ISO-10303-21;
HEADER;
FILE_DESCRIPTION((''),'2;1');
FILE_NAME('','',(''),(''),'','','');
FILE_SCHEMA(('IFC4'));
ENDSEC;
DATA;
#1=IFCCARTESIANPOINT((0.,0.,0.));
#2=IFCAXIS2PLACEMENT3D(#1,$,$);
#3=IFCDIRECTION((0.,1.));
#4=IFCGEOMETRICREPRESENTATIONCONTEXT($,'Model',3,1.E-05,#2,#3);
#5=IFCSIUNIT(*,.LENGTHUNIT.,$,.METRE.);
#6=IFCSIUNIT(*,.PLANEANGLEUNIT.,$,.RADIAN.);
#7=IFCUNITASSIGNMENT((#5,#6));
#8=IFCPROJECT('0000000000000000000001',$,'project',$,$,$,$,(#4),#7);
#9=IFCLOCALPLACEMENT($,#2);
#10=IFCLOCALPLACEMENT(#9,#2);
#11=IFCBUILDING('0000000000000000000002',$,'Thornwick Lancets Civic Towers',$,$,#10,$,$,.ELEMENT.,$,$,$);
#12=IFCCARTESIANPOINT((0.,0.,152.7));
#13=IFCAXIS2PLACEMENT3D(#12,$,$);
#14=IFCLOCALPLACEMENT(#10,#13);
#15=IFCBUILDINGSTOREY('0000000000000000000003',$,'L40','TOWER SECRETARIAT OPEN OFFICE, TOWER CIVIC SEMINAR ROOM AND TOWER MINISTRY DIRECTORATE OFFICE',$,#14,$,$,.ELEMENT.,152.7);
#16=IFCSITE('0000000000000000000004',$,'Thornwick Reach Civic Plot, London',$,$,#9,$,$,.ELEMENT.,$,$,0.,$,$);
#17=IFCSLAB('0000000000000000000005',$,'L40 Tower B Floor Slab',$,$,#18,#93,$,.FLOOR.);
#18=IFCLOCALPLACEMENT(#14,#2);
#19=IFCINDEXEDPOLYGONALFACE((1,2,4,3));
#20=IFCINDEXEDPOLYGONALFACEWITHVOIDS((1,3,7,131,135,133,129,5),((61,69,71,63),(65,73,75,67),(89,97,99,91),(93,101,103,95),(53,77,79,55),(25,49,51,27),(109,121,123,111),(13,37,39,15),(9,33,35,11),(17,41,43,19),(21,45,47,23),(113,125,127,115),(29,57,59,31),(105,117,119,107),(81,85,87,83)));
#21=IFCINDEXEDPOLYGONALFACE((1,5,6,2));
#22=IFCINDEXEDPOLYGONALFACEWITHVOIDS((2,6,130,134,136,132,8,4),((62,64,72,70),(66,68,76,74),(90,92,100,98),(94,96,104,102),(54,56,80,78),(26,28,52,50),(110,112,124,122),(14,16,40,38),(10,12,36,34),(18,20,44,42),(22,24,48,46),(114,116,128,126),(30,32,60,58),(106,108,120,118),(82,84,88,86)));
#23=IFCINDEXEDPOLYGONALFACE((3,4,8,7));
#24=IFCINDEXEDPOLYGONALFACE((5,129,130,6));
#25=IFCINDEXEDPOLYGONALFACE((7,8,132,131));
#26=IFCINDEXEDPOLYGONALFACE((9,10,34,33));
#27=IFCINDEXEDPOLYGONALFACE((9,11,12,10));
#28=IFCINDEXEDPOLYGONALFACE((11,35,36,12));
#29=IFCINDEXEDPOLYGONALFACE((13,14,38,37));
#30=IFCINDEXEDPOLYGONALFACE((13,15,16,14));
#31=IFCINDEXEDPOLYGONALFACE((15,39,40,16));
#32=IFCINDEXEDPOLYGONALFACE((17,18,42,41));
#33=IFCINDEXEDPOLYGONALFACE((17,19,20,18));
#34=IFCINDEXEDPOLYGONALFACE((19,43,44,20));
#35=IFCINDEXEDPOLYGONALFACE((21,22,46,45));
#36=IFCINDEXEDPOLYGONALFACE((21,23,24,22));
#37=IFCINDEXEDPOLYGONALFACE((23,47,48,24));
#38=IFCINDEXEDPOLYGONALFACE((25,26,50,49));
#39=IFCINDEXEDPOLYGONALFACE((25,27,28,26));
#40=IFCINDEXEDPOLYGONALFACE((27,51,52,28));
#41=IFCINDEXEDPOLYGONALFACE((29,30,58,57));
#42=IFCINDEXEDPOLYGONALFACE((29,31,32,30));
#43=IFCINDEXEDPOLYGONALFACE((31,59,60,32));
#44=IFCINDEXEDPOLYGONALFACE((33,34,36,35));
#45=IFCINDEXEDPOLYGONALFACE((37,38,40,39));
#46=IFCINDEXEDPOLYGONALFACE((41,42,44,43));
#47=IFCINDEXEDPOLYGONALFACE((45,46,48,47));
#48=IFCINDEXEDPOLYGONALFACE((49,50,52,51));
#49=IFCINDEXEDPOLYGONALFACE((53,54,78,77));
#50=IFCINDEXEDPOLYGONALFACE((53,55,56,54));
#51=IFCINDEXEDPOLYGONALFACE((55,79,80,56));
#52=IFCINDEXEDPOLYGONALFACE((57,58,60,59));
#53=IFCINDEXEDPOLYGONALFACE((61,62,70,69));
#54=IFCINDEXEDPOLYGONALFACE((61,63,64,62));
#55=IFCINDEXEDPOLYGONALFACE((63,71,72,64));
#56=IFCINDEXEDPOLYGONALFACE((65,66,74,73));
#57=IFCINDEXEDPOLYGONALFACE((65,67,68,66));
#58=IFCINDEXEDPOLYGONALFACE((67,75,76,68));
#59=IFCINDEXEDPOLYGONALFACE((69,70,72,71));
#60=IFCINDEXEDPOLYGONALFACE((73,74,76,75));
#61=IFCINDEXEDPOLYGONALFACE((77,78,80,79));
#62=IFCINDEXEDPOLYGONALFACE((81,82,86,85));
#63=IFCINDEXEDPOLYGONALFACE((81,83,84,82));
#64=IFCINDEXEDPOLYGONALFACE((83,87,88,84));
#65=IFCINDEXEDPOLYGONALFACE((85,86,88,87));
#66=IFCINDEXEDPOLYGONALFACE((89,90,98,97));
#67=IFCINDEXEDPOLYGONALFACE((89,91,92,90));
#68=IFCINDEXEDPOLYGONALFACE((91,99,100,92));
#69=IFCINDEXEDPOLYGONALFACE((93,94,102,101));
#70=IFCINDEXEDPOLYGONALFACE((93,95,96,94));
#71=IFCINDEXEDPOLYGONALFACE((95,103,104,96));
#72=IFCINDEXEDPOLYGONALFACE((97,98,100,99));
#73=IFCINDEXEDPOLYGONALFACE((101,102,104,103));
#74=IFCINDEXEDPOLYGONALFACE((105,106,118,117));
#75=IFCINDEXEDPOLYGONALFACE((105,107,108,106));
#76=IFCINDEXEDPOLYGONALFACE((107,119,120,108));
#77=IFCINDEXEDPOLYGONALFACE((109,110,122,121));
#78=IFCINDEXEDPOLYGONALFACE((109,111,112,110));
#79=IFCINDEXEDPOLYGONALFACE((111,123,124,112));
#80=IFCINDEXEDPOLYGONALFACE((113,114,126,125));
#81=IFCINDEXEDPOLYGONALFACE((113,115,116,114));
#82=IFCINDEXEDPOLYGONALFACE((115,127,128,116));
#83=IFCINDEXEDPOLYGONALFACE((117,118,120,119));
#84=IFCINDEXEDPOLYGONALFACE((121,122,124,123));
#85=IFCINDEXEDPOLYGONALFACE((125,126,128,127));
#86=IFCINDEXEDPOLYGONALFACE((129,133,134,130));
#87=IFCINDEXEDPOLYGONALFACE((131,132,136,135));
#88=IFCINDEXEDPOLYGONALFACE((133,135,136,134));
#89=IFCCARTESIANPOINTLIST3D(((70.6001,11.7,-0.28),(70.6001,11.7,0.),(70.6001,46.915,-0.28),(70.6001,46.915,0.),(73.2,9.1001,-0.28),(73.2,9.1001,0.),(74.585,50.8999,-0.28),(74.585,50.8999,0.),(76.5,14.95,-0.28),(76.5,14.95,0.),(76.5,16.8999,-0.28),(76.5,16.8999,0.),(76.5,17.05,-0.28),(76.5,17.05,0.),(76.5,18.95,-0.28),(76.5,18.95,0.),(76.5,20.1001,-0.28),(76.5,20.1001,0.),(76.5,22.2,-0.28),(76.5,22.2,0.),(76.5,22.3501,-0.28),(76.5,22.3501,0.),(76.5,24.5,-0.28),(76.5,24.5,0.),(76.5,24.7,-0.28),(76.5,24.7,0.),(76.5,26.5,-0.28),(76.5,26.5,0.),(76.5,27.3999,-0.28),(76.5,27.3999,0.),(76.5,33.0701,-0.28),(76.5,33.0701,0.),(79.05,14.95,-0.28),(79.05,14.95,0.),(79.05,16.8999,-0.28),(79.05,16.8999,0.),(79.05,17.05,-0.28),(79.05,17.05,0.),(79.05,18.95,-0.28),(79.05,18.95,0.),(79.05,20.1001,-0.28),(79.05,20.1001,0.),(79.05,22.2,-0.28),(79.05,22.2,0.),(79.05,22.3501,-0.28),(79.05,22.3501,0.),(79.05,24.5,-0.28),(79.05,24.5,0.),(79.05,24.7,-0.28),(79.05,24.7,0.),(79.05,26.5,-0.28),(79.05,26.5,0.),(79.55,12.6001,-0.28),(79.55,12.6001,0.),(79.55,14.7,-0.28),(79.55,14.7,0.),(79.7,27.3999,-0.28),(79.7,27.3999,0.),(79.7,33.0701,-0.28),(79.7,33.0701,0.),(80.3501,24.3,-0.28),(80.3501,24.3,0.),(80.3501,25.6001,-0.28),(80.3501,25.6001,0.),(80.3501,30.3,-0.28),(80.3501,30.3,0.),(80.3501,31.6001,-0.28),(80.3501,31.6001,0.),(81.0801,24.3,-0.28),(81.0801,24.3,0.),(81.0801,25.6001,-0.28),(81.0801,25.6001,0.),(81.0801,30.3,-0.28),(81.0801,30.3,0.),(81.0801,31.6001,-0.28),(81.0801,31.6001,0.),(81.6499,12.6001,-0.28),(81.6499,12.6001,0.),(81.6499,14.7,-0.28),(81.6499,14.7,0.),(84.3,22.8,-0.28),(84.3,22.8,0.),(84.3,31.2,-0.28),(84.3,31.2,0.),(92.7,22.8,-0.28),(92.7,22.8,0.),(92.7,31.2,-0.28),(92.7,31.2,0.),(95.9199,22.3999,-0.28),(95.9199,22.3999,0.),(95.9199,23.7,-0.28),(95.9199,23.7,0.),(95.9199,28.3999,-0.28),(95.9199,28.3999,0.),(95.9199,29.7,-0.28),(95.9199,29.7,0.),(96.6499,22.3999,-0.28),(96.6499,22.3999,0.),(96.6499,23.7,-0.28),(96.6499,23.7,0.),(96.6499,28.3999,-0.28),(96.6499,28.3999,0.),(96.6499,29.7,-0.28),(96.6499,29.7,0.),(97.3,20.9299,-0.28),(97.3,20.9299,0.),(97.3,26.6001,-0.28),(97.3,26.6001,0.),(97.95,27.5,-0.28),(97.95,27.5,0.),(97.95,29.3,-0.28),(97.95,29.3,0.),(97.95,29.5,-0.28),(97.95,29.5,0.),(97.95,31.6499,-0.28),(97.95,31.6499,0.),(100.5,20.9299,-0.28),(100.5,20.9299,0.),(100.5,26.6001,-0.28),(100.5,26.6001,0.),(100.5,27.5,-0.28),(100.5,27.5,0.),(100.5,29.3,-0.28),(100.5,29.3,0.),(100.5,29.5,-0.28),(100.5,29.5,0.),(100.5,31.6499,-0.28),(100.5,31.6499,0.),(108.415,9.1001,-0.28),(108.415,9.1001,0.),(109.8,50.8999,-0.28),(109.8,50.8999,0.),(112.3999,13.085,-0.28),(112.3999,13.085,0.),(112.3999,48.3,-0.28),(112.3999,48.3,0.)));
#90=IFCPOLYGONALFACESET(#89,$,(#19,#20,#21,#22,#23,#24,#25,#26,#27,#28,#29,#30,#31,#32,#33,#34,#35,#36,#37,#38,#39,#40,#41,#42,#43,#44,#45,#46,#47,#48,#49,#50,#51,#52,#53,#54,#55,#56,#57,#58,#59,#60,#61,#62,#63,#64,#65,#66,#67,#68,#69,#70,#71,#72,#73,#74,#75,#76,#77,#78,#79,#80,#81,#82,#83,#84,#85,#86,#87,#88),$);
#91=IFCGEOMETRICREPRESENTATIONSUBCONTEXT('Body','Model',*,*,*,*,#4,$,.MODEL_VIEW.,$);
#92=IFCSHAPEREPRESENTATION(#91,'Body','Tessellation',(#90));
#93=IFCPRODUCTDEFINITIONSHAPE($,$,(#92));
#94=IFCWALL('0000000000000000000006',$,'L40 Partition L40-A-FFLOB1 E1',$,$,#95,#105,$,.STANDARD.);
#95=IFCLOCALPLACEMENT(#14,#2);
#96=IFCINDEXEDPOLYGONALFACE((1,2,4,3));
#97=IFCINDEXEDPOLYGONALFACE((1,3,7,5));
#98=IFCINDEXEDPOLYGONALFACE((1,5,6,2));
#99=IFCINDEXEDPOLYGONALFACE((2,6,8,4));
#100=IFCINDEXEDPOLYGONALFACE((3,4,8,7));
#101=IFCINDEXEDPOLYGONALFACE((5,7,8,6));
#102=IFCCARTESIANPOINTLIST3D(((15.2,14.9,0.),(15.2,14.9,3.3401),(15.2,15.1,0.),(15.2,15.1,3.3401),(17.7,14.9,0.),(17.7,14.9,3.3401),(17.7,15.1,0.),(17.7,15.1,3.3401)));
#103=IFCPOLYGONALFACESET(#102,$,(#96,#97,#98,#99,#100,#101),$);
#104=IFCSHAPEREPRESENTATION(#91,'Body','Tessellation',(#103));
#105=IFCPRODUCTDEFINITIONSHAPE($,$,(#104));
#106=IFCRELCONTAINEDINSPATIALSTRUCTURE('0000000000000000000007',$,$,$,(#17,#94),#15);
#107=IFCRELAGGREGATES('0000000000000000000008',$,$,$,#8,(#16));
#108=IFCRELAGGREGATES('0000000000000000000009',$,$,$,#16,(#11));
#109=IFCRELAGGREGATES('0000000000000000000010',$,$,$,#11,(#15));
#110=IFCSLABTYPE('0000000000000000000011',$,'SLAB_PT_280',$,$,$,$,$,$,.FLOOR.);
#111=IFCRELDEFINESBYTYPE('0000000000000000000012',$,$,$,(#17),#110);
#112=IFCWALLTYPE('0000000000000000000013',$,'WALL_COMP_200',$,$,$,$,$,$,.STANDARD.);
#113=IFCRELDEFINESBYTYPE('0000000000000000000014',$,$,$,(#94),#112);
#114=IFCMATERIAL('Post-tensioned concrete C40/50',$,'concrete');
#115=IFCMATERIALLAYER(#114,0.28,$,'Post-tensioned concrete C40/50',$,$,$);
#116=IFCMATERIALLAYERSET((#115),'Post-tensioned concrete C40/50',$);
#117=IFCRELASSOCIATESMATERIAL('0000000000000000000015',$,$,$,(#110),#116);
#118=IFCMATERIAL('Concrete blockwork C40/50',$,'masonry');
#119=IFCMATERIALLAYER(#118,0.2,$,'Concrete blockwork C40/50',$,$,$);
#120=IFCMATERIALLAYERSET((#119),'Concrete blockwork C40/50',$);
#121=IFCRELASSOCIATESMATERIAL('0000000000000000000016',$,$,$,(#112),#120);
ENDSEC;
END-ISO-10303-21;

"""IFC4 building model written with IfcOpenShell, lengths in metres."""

from ifc_helpers import new_model, si_unit, direction, frame, frame_2d, origin, place, context, subcontext, project, spatial, polyline, rectangle, outline, extrude, material, layer, layer_set, type_object, element, save


model = new_model("IFC4")

# Units and contexts
model_context = context("Model", 3, precision=1e-05, world=origin(), true_north=direction((0.0, 1.0)))
body_context = subcontext(model_context, "Body", "Model", "MODEL_VIEW")
ifc_project = project(units=[si_unit("LENGTHUNIT", "METRE"), si_unit("PLANEANGLEUNIT", "RADIAN")], contexts=[model_context])

# Site, building, storey
site_placement = place(None, origin())
site = spatial("IfcSite", under=ifc_project, at=site_placement, Name="Thornwick Reach Civic Plot, London", CompositionType="ELEMENT", RefElevation=0.0)
building_placement = place(site_placement, origin())
building = spatial("IfcBuilding", under=site, at=building_placement, Name="Thornwick Lancets Civic Towers", CompositionType="ELEMENT")
storey_placement = place(building_placement, frame((0.0, 0.0, 152.7)))
storey = spatial("IfcBuildingStorey", under=building, at=storey_placement, Name="L40", Description="TOWER SECRETARIAT OPEN OFFICE, TOWER CIVIC SEMINAR ROOM AND TOWER MINISTRY DIRECTORATE OFFICE", CompositionType="ELEMENT", Elevation=152.7)

# Shared definitions
ifc_material_1 = material(Name="Post-tensioned concrete C40/50", Category="concrete")

# Slab
ifc_layer_1 = layer(ifc_material_1, 0.28, Name="Post-tensioned concrete C40/50")
ifc_layer_set_1 = layer_set([ifc_layer_1], Name="Post-tensioned concrete C40/50")
slab_type_1 = type_object("IfcSlabType", Name="SLAB_PT_280", PredefinedType="FLOOR", material=ifc_layer_set_1)
slab_1_placement = place(storey_placement, frame((0.0, 0.0, -0.28)))
element("IfcSlab", 1, at=slab_1_placement, inside=storey, type_object=slab_type_1, Name="L40 Tower B Floor Slab", PredefinedType="FLOOR", context=body_context, shape_type="SweptSolid", body=[
    extrude(outline(polyline([(73.2, 9.1001), (108.415, 9.1001), (112.3999, 13.085), (112.3999, 48.3), (109.8, 50.8999), (74.585, 50.8999), (70.6001, 46.915), (70.6001, 11.7), (73.2, 9.1001)]), holes=[polyline([(84.3, 22.8), (92.7, 22.8), (92.7, 31.2), (84.3, 31.2), (84.3, 22.8)]), polyline([(100.5, 20.9299), (100.5, 26.6001), (97.3, 26.6001), (97.3, 20.9299), (100.5, 20.9299)]), polyline([(76.5, 33.0701), (76.5, 27.3999), (79.7, 27.3999), (79.7, 33.0701), (76.5, 33.0701)]), polyline([(97.95, 27.5), (100.5, 27.5), (100.5, 29.3), (97.95, 29.3), (97.95, 27.5)]), polyline([(97.95, 29.5), (100.5, 29.5), (100.5, 31.6499), (97.95, 31.6499), (97.95, 29.5)]), polyline([(76.5, 24.7), (79.05, 24.7), (79.05, 26.5), (76.5, 26.5), (76.5, 24.7)]), polyline([(76.5, 22.3501), (79.05, 22.3501), (79.05, 24.5), (76.5, 24.5), (76.5, 22.3501)]), polyline([(76.5, 20.1001), (79.05, 20.1001), (79.05, 22.2), (76.5, 22.2), (76.5, 20.1001)]), polyline([(76.5, 17.05), (79.05, 17.05), (79.05, 18.95), (76.5, 18.95), (76.5, 17.05)]), polyline([(76.5, 14.95), (79.05, 14.95), (79.05, 16.8999), (76.5, 16.8999), (76.5, 14.95)]), polyline([(79.55, 12.6001), (81.6499, 12.6001), (81.6499, 14.7), (79.55, 14.7), (79.55, 12.6001)]), polyline([(95.9199, 28.3999), (96.6499, 28.3999), (96.6499, 29.7), (95.9199, 29.7), (95.9199, 28.3999)]), polyline([(95.9199, 22.3999), (96.6499, 22.3999), (96.6499, 23.7), (95.9199, 23.7), (95.9199, 22.3999)]), polyline([(80.3501, 24.3), (81.0801, 24.3), (81.0801, 25.6001), (80.3501, 25.6001), (80.3501, 24.3)]), polyline([(80.3501, 30.3), (81.0801, 30.3), (81.0801, 31.6001), (80.3501, 31.6001), (80.3501, 30.3)])]), origin(), (0.0, 0.0, 1.0), 0.28),
])

# Wall
ifc_material_2 = material(Name="Concrete blockwork C40/50", Category="masonry")
ifc_layer_2 = layer(ifc_material_2, 0.2, Name="Concrete blockwork C40/50")
ifc_layer_set_2 = layer_set([ifc_layer_2], Name="Concrete blockwork C40/50")
wall_type_1 = type_object("IfcWallType", Name="WALL_COMP_200", PredefinedType="STANDARD", material=ifc_layer_set_2)
wall_1_placement = place(storey_placement, frame((15.2, 15.0, 0.0), z_axis=(0.0, 0.0, 1.0), x_axis=(1.0, 0.0, 0.0)))
element("IfcWall", 2, at=wall_1_placement, inside=storey, type_object=wall_type_1, Name="L40 Partition L40-A-FFLOB1 E1", PredefinedType="STANDARD", context=body_context, shape_type="SweptSolid", body=[
    extrude(rectangle(XDim=2.5, YDim=0.2, at=frame_2d((1.25, 0.0))), origin(), (0.0, 0.0, 1.0), 3.3401),
])

save(model, "model.ifc")
